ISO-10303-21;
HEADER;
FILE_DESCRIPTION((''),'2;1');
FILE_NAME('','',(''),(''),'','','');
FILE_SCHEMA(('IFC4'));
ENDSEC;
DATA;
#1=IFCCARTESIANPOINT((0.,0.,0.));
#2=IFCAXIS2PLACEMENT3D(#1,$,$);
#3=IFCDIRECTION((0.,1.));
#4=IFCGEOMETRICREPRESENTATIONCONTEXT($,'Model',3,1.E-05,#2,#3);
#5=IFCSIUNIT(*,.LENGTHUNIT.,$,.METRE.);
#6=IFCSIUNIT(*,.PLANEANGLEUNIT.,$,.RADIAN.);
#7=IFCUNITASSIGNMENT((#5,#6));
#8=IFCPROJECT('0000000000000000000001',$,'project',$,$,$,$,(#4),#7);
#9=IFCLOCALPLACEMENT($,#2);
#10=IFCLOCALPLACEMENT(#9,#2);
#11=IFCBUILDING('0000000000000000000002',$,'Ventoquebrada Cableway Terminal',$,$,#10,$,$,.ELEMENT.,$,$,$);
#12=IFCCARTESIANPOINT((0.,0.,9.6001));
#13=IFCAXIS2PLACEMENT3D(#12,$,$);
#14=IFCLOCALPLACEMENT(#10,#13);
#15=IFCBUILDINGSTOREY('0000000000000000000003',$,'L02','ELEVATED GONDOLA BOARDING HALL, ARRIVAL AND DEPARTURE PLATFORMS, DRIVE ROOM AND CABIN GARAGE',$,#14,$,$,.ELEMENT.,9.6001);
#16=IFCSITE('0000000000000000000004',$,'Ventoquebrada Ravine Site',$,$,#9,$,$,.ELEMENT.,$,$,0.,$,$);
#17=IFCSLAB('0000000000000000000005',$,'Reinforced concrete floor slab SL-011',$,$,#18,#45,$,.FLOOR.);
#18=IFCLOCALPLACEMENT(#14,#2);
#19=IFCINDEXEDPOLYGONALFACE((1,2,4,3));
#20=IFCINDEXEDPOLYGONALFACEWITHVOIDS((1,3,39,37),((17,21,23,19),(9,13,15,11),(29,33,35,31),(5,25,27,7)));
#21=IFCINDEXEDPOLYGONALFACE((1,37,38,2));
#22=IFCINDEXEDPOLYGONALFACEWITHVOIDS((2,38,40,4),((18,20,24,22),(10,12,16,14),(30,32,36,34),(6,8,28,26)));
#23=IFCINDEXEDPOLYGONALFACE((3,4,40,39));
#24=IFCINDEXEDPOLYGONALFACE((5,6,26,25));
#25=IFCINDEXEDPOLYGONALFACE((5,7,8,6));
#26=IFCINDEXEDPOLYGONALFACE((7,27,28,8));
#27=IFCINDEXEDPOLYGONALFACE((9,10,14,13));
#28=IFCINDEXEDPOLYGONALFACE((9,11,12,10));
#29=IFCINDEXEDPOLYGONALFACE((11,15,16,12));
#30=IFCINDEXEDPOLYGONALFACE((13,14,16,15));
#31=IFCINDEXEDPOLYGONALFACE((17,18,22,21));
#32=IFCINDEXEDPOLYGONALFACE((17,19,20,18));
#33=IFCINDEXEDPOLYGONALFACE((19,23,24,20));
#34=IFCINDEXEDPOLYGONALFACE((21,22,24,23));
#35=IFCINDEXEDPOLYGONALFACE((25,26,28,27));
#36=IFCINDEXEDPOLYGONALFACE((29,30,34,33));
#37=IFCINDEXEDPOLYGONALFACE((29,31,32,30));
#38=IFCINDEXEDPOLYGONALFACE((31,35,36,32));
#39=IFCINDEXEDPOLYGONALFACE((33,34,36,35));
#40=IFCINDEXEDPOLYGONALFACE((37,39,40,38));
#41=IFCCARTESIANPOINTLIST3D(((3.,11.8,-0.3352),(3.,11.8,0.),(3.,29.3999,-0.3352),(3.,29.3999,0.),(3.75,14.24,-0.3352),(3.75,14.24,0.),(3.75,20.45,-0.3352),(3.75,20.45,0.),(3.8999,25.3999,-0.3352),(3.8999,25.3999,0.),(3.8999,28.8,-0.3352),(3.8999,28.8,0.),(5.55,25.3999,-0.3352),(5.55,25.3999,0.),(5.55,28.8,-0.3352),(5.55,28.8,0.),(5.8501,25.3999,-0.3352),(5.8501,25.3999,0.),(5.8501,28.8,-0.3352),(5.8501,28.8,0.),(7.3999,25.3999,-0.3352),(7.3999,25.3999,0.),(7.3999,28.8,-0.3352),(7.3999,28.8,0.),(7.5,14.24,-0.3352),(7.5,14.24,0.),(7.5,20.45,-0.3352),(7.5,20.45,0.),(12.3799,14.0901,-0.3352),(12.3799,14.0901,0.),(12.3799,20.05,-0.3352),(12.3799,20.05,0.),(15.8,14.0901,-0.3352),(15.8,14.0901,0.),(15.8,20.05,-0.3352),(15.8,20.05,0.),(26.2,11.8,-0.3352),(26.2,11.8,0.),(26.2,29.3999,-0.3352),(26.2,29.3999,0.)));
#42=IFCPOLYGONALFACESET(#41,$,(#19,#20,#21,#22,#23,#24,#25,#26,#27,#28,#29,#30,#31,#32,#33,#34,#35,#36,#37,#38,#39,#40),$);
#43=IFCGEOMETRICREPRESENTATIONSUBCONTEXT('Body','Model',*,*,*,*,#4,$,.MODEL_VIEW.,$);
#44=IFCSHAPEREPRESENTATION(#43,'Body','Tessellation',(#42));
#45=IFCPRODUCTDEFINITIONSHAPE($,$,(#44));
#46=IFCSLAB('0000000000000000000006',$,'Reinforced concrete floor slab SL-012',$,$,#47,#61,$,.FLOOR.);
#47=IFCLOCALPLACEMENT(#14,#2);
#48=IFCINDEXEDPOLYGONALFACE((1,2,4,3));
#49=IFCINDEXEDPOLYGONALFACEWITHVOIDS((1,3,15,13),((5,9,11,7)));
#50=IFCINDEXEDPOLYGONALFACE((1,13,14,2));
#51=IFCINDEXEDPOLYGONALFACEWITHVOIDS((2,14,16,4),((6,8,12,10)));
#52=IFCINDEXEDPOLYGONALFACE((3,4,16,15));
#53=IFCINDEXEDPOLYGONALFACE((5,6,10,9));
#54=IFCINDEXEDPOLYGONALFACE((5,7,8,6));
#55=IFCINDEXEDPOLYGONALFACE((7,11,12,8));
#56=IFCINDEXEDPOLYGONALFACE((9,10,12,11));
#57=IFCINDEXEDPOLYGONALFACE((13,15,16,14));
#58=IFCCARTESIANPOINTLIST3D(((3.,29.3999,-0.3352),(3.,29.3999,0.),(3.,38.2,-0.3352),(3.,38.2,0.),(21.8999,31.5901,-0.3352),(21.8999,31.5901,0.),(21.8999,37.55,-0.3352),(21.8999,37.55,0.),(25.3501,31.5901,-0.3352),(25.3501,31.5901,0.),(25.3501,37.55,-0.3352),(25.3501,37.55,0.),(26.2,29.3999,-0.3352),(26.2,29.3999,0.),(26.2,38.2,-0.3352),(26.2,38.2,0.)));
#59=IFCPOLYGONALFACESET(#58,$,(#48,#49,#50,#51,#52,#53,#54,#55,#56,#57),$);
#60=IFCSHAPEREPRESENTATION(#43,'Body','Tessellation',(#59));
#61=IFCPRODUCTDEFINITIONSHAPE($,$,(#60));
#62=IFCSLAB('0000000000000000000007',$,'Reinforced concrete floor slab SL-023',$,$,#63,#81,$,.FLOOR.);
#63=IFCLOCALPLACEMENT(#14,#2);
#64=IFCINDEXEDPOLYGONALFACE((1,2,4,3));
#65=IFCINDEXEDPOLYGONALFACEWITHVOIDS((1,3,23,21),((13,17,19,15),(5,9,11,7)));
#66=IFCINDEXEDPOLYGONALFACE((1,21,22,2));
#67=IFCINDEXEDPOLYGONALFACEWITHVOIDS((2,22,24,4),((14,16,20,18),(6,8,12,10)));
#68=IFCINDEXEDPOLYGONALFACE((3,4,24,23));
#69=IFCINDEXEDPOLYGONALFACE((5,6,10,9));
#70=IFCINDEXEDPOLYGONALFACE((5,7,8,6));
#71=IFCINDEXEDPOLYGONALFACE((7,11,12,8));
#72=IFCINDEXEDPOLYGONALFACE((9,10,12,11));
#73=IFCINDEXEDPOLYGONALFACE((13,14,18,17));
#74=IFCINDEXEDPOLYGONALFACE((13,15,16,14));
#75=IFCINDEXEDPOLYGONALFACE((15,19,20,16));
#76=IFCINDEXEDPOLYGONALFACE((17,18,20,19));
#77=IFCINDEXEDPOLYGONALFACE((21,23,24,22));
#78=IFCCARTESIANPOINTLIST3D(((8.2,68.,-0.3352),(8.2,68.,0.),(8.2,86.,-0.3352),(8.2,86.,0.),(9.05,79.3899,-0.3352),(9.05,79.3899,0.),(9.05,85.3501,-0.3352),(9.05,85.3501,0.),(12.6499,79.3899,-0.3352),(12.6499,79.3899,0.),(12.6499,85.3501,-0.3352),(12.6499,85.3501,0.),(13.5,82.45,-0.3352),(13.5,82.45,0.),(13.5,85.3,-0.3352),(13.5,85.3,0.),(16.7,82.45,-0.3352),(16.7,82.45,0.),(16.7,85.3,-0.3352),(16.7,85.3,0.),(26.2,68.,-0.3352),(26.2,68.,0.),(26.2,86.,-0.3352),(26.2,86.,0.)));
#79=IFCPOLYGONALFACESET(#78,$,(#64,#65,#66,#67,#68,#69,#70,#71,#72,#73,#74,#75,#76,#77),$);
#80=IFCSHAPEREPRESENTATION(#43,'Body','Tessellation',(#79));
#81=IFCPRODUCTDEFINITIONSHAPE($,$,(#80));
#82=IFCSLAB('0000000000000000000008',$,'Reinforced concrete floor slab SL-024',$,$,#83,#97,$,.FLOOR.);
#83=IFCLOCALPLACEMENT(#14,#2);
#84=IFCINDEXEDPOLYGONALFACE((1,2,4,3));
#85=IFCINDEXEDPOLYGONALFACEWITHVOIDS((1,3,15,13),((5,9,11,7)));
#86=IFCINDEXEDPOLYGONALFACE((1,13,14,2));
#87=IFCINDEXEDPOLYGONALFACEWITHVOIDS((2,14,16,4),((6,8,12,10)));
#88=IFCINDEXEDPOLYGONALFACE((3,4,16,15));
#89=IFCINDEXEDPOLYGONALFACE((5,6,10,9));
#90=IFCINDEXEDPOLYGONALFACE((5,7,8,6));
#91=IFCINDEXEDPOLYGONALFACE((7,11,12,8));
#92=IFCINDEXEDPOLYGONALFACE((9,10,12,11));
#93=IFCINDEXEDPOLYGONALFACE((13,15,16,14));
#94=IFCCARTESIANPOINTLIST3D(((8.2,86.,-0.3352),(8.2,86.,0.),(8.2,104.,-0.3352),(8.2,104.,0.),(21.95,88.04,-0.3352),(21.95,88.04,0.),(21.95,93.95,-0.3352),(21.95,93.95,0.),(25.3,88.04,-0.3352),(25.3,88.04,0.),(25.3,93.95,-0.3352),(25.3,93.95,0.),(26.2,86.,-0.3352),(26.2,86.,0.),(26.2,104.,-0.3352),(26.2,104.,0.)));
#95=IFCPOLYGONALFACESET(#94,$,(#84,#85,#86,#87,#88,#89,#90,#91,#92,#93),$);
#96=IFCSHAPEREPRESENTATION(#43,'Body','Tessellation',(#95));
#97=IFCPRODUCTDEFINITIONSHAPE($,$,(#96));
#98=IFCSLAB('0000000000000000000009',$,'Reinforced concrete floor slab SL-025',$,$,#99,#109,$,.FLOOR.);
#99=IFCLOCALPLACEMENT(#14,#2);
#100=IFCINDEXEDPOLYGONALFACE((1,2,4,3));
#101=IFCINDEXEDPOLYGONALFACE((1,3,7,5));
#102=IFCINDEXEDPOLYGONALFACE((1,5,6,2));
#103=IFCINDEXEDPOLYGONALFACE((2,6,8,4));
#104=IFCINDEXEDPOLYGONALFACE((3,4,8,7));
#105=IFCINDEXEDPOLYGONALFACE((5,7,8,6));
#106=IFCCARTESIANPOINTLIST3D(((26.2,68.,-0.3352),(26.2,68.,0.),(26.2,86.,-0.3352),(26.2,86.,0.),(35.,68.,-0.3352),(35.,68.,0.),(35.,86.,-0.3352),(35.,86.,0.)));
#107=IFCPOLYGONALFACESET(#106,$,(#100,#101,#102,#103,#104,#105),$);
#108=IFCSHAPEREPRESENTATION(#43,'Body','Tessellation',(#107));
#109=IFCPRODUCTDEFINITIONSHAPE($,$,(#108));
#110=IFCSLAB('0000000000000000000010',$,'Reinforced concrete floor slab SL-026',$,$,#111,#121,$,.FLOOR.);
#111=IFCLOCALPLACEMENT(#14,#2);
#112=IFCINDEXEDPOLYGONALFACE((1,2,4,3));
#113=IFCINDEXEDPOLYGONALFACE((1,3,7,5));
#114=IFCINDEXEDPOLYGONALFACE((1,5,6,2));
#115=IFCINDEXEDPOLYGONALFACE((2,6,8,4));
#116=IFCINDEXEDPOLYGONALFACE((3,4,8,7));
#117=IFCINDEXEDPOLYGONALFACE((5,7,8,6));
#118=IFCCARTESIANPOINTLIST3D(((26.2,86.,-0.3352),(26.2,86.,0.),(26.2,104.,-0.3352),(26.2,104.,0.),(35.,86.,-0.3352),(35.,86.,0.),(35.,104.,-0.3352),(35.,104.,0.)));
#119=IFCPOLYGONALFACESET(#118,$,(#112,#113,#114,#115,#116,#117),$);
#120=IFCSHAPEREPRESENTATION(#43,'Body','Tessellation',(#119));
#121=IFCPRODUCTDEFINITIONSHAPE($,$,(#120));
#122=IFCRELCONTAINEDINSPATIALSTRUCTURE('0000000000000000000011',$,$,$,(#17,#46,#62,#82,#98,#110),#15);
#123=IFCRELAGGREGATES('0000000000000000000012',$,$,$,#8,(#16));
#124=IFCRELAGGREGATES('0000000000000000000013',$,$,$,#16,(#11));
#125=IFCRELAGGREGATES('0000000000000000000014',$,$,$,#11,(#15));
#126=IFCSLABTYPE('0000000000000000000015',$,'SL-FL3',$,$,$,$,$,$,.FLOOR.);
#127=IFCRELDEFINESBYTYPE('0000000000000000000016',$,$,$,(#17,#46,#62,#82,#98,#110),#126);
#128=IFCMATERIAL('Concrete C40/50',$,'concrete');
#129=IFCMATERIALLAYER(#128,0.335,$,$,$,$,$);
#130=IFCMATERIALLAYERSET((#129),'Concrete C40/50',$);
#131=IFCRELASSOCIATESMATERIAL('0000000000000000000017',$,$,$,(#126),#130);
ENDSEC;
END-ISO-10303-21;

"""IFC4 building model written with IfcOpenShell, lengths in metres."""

from ifc_helpers import new_model, si_unit, direction, frame, origin, place, context, subcontext, project, spatial, polyline, outline, extrude, material, layer, layer_set, type_object, element, save


model = new_model("IFC4")

# Units and contexts
model_context = context("Model", 3, precision=1e-05, world=origin(), true_north=direction((0.0, 1.0)))
body_context = subcontext(model_context, "Body", "Model", "MODEL_VIEW")
ifc_project = project(units=[si_unit("LENGTHUNIT", "METRE"), si_unit("PLANEANGLEUNIT", "RADIAN")], contexts=[model_context])

# Site, building, storey
site_placement = place(None, origin())
site = spatial("IfcSite", under=ifc_project, at=site_placement, Name="Ventoquebrada Ravine Site", CompositionType="ELEMENT", RefElevation=0.0)
building_placement = place(site_placement, origin())
building = spatial("IfcBuilding", under=site, at=building_placement, Name="Ventoquebrada Cableway Terminal", CompositionType="ELEMENT")
storey_placement = place(building_placement, frame((0.0, 0.0, 9.6001)))
storey = spatial("IfcBuildingStorey", under=building, at=storey_placement, Name="L02", Description="ELEVATED GONDOLA BOARDING HALL, ARRIVAL AND DEPARTURE PLATFORMS, DRIVE ROOM AND CABIN GARAGE", CompositionType="ELEMENT", Elevation=9.6001)

# Slabs
ifc_material = material(Name="Concrete C40/50", Category="concrete")
ifc_layer_1 = layer(ifc_material, 0.335)
ifc_layer_set_1 = layer_set([ifc_layer_1], Name="Concrete C40/50")
slab_type_1 = type_object("IfcSlabType", Name="SL-FL3", PredefinedType="FLOOR", material=ifc_layer_set_1)
slab_1_placement = place(storey_placement, frame((0.0, 0.0, -0.3352)))
element("IfcSlab", 1, at=slab_1_placement, inside=storey, type_object=slab_type_1, Name="Reinforced concrete floor slab SL-011", PredefinedType="FLOOR", context=body_context, shape_type="SweptSolid", body=[
    extrude(outline(polyline([(26.2, 29.3999), (3.0, 29.3999), (3.0, 11.8), (26.2, 11.8), (26.2, 29.3999)]), holes=[polyline([(3.75, 14.24), (3.75, 20.45), (7.5, 20.45), (7.5, 14.24), (3.75, 14.24)]), polyline([(3.8999, 28.8), (5.55, 28.8), (5.55, 25.3999), (3.8999, 25.3999), (3.8999, 28.8)]), polyline([(7.3999, 28.8), (7.3999, 25.3999), (5.8501, 25.3999), (5.8501, 28.8), (7.3999, 28.8)]), polyline([(15.8, 14.0901), (12.3799, 14.0901), (12.3799, 20.05), (15.8, 20.05), (15.8, 14.0901)])]), origin(), (0.0, 0.0, 1.0), 0.3352),
])
slab_2_placement = place(storey_placement, frame((0.0, 0.0, -0.3352)))
element("IfcSlab", 2, at=slab_2_placement, inside=storey, type_object=slab_type_1, Name="Reinforced concrete floor slab SL-012", PredefinedType="FLOOR", context=body_context, shape_type="SweptSolid", body=[
    extrude(outline(polyline([(26.2, 29.3999), (26.2, 38.2), (3.0, 38.2), (3.0, 29.3999), (26.2, 29.3999)]), holes=[polyline([(25.3501, 31.5901), (21.8999, 31.5901), (21.8999, 37.55), (25.3501, 37.55), (25.3501, 31.5901)])]), origin(), (0.0, 0.0, 1.0), 0.3352),
])
slab_3_placement = place(storey_placement, frame((0.0, 0.0, -0.3352)))
element("IfcSlab", 3, at=slab_3_placement, inside=storey, type_object=slab_type_1, Name="Reinforced concrete floor slab SL-023", PredefinedType="FLOOR", context=body_context, shape_type="SweptSolid", body=[
    extrude(outline(polyline([(8.2, 68.0), (26.2, 68.0), (26.2, 86.0), (8.2, 86.0), (8.2, 68.0)]), holes=[polyline([(12.6499, 85.3501), (12.6499, 79.3899), (9.05, 79.3899), (9.05, 85.3501), (12.6499, 85.3501)]), polyline([(16.7, 82.45), (13.5, 82.45), (13.5, 85.3), (16.7, 85.3), (16.7, 82.45)])]), origin(), (0.0, 0.0, 1.0), 0.3352),
])
slab_4_placement = place(storey_placement, frame((0.0, 0.0, -0.3352)))
element("IfcSlab", 4, at=slab_4_placement, inside=storey, type_object=slab_type_1, Name="Reinforced concrete floor slab SL-024", PredefinedType="FLOOR", context=body_context, shape_type="SweptSolid", body=[
    extrude(outline(polyline([(26.2, 86.0), (26.2, 104.0), (8.2, 104.0), (8.2, 86.0), (26.2, 86.0)]), holes=[polyline([(25.3, 88.04), (21.95, 88.04), (21.95, 93.95), (25.3, 93.95), (25.3, 88.04)])]), origin(), (0.0, 0.0, 1.0), 0.3352),
])
slab_5_placement = place(storey_placement, frame((0.0, 0.0, -0.3352)))
element("IfcSlab", 5, at=slab_5_placement, inside=storey, type_object=slab_type_1, Name="Reinforced concrete floor slab SL-025", PredefinedType="FLOOR", context=body_context, shape_type="SweptSolid", body=[
    extrude(outline(polyline([(35.0, 68.0), (35.0, 86.0), (26.2, 86.0), (26.2, 68.0), (35.0, 68.0)])), origin(), (0.0, 0.0, 1.0), 0.3352),
])
slab_6_placement = place(storey_placement, frame((0.0, 0.0, -0.3352)))
element("IfcSlab", 6, at=slab_6_placement, inside=storey, type_object=slab_type_1, Name="Reinforced concrete floor slab SL-026", PredefinedType="FLOOR", context=body_context, shape_type="SweptSolid", body=[
    extrude(outline(polyline([(35.0, 86.0), (35.0, 104.0), (26.2, 104.0), (26.2, 86.0), (35.0, 86.0)])), origin(), (0.0, 0.0, 1.0), 0.3352),
])

save(model, "model.ifc")
